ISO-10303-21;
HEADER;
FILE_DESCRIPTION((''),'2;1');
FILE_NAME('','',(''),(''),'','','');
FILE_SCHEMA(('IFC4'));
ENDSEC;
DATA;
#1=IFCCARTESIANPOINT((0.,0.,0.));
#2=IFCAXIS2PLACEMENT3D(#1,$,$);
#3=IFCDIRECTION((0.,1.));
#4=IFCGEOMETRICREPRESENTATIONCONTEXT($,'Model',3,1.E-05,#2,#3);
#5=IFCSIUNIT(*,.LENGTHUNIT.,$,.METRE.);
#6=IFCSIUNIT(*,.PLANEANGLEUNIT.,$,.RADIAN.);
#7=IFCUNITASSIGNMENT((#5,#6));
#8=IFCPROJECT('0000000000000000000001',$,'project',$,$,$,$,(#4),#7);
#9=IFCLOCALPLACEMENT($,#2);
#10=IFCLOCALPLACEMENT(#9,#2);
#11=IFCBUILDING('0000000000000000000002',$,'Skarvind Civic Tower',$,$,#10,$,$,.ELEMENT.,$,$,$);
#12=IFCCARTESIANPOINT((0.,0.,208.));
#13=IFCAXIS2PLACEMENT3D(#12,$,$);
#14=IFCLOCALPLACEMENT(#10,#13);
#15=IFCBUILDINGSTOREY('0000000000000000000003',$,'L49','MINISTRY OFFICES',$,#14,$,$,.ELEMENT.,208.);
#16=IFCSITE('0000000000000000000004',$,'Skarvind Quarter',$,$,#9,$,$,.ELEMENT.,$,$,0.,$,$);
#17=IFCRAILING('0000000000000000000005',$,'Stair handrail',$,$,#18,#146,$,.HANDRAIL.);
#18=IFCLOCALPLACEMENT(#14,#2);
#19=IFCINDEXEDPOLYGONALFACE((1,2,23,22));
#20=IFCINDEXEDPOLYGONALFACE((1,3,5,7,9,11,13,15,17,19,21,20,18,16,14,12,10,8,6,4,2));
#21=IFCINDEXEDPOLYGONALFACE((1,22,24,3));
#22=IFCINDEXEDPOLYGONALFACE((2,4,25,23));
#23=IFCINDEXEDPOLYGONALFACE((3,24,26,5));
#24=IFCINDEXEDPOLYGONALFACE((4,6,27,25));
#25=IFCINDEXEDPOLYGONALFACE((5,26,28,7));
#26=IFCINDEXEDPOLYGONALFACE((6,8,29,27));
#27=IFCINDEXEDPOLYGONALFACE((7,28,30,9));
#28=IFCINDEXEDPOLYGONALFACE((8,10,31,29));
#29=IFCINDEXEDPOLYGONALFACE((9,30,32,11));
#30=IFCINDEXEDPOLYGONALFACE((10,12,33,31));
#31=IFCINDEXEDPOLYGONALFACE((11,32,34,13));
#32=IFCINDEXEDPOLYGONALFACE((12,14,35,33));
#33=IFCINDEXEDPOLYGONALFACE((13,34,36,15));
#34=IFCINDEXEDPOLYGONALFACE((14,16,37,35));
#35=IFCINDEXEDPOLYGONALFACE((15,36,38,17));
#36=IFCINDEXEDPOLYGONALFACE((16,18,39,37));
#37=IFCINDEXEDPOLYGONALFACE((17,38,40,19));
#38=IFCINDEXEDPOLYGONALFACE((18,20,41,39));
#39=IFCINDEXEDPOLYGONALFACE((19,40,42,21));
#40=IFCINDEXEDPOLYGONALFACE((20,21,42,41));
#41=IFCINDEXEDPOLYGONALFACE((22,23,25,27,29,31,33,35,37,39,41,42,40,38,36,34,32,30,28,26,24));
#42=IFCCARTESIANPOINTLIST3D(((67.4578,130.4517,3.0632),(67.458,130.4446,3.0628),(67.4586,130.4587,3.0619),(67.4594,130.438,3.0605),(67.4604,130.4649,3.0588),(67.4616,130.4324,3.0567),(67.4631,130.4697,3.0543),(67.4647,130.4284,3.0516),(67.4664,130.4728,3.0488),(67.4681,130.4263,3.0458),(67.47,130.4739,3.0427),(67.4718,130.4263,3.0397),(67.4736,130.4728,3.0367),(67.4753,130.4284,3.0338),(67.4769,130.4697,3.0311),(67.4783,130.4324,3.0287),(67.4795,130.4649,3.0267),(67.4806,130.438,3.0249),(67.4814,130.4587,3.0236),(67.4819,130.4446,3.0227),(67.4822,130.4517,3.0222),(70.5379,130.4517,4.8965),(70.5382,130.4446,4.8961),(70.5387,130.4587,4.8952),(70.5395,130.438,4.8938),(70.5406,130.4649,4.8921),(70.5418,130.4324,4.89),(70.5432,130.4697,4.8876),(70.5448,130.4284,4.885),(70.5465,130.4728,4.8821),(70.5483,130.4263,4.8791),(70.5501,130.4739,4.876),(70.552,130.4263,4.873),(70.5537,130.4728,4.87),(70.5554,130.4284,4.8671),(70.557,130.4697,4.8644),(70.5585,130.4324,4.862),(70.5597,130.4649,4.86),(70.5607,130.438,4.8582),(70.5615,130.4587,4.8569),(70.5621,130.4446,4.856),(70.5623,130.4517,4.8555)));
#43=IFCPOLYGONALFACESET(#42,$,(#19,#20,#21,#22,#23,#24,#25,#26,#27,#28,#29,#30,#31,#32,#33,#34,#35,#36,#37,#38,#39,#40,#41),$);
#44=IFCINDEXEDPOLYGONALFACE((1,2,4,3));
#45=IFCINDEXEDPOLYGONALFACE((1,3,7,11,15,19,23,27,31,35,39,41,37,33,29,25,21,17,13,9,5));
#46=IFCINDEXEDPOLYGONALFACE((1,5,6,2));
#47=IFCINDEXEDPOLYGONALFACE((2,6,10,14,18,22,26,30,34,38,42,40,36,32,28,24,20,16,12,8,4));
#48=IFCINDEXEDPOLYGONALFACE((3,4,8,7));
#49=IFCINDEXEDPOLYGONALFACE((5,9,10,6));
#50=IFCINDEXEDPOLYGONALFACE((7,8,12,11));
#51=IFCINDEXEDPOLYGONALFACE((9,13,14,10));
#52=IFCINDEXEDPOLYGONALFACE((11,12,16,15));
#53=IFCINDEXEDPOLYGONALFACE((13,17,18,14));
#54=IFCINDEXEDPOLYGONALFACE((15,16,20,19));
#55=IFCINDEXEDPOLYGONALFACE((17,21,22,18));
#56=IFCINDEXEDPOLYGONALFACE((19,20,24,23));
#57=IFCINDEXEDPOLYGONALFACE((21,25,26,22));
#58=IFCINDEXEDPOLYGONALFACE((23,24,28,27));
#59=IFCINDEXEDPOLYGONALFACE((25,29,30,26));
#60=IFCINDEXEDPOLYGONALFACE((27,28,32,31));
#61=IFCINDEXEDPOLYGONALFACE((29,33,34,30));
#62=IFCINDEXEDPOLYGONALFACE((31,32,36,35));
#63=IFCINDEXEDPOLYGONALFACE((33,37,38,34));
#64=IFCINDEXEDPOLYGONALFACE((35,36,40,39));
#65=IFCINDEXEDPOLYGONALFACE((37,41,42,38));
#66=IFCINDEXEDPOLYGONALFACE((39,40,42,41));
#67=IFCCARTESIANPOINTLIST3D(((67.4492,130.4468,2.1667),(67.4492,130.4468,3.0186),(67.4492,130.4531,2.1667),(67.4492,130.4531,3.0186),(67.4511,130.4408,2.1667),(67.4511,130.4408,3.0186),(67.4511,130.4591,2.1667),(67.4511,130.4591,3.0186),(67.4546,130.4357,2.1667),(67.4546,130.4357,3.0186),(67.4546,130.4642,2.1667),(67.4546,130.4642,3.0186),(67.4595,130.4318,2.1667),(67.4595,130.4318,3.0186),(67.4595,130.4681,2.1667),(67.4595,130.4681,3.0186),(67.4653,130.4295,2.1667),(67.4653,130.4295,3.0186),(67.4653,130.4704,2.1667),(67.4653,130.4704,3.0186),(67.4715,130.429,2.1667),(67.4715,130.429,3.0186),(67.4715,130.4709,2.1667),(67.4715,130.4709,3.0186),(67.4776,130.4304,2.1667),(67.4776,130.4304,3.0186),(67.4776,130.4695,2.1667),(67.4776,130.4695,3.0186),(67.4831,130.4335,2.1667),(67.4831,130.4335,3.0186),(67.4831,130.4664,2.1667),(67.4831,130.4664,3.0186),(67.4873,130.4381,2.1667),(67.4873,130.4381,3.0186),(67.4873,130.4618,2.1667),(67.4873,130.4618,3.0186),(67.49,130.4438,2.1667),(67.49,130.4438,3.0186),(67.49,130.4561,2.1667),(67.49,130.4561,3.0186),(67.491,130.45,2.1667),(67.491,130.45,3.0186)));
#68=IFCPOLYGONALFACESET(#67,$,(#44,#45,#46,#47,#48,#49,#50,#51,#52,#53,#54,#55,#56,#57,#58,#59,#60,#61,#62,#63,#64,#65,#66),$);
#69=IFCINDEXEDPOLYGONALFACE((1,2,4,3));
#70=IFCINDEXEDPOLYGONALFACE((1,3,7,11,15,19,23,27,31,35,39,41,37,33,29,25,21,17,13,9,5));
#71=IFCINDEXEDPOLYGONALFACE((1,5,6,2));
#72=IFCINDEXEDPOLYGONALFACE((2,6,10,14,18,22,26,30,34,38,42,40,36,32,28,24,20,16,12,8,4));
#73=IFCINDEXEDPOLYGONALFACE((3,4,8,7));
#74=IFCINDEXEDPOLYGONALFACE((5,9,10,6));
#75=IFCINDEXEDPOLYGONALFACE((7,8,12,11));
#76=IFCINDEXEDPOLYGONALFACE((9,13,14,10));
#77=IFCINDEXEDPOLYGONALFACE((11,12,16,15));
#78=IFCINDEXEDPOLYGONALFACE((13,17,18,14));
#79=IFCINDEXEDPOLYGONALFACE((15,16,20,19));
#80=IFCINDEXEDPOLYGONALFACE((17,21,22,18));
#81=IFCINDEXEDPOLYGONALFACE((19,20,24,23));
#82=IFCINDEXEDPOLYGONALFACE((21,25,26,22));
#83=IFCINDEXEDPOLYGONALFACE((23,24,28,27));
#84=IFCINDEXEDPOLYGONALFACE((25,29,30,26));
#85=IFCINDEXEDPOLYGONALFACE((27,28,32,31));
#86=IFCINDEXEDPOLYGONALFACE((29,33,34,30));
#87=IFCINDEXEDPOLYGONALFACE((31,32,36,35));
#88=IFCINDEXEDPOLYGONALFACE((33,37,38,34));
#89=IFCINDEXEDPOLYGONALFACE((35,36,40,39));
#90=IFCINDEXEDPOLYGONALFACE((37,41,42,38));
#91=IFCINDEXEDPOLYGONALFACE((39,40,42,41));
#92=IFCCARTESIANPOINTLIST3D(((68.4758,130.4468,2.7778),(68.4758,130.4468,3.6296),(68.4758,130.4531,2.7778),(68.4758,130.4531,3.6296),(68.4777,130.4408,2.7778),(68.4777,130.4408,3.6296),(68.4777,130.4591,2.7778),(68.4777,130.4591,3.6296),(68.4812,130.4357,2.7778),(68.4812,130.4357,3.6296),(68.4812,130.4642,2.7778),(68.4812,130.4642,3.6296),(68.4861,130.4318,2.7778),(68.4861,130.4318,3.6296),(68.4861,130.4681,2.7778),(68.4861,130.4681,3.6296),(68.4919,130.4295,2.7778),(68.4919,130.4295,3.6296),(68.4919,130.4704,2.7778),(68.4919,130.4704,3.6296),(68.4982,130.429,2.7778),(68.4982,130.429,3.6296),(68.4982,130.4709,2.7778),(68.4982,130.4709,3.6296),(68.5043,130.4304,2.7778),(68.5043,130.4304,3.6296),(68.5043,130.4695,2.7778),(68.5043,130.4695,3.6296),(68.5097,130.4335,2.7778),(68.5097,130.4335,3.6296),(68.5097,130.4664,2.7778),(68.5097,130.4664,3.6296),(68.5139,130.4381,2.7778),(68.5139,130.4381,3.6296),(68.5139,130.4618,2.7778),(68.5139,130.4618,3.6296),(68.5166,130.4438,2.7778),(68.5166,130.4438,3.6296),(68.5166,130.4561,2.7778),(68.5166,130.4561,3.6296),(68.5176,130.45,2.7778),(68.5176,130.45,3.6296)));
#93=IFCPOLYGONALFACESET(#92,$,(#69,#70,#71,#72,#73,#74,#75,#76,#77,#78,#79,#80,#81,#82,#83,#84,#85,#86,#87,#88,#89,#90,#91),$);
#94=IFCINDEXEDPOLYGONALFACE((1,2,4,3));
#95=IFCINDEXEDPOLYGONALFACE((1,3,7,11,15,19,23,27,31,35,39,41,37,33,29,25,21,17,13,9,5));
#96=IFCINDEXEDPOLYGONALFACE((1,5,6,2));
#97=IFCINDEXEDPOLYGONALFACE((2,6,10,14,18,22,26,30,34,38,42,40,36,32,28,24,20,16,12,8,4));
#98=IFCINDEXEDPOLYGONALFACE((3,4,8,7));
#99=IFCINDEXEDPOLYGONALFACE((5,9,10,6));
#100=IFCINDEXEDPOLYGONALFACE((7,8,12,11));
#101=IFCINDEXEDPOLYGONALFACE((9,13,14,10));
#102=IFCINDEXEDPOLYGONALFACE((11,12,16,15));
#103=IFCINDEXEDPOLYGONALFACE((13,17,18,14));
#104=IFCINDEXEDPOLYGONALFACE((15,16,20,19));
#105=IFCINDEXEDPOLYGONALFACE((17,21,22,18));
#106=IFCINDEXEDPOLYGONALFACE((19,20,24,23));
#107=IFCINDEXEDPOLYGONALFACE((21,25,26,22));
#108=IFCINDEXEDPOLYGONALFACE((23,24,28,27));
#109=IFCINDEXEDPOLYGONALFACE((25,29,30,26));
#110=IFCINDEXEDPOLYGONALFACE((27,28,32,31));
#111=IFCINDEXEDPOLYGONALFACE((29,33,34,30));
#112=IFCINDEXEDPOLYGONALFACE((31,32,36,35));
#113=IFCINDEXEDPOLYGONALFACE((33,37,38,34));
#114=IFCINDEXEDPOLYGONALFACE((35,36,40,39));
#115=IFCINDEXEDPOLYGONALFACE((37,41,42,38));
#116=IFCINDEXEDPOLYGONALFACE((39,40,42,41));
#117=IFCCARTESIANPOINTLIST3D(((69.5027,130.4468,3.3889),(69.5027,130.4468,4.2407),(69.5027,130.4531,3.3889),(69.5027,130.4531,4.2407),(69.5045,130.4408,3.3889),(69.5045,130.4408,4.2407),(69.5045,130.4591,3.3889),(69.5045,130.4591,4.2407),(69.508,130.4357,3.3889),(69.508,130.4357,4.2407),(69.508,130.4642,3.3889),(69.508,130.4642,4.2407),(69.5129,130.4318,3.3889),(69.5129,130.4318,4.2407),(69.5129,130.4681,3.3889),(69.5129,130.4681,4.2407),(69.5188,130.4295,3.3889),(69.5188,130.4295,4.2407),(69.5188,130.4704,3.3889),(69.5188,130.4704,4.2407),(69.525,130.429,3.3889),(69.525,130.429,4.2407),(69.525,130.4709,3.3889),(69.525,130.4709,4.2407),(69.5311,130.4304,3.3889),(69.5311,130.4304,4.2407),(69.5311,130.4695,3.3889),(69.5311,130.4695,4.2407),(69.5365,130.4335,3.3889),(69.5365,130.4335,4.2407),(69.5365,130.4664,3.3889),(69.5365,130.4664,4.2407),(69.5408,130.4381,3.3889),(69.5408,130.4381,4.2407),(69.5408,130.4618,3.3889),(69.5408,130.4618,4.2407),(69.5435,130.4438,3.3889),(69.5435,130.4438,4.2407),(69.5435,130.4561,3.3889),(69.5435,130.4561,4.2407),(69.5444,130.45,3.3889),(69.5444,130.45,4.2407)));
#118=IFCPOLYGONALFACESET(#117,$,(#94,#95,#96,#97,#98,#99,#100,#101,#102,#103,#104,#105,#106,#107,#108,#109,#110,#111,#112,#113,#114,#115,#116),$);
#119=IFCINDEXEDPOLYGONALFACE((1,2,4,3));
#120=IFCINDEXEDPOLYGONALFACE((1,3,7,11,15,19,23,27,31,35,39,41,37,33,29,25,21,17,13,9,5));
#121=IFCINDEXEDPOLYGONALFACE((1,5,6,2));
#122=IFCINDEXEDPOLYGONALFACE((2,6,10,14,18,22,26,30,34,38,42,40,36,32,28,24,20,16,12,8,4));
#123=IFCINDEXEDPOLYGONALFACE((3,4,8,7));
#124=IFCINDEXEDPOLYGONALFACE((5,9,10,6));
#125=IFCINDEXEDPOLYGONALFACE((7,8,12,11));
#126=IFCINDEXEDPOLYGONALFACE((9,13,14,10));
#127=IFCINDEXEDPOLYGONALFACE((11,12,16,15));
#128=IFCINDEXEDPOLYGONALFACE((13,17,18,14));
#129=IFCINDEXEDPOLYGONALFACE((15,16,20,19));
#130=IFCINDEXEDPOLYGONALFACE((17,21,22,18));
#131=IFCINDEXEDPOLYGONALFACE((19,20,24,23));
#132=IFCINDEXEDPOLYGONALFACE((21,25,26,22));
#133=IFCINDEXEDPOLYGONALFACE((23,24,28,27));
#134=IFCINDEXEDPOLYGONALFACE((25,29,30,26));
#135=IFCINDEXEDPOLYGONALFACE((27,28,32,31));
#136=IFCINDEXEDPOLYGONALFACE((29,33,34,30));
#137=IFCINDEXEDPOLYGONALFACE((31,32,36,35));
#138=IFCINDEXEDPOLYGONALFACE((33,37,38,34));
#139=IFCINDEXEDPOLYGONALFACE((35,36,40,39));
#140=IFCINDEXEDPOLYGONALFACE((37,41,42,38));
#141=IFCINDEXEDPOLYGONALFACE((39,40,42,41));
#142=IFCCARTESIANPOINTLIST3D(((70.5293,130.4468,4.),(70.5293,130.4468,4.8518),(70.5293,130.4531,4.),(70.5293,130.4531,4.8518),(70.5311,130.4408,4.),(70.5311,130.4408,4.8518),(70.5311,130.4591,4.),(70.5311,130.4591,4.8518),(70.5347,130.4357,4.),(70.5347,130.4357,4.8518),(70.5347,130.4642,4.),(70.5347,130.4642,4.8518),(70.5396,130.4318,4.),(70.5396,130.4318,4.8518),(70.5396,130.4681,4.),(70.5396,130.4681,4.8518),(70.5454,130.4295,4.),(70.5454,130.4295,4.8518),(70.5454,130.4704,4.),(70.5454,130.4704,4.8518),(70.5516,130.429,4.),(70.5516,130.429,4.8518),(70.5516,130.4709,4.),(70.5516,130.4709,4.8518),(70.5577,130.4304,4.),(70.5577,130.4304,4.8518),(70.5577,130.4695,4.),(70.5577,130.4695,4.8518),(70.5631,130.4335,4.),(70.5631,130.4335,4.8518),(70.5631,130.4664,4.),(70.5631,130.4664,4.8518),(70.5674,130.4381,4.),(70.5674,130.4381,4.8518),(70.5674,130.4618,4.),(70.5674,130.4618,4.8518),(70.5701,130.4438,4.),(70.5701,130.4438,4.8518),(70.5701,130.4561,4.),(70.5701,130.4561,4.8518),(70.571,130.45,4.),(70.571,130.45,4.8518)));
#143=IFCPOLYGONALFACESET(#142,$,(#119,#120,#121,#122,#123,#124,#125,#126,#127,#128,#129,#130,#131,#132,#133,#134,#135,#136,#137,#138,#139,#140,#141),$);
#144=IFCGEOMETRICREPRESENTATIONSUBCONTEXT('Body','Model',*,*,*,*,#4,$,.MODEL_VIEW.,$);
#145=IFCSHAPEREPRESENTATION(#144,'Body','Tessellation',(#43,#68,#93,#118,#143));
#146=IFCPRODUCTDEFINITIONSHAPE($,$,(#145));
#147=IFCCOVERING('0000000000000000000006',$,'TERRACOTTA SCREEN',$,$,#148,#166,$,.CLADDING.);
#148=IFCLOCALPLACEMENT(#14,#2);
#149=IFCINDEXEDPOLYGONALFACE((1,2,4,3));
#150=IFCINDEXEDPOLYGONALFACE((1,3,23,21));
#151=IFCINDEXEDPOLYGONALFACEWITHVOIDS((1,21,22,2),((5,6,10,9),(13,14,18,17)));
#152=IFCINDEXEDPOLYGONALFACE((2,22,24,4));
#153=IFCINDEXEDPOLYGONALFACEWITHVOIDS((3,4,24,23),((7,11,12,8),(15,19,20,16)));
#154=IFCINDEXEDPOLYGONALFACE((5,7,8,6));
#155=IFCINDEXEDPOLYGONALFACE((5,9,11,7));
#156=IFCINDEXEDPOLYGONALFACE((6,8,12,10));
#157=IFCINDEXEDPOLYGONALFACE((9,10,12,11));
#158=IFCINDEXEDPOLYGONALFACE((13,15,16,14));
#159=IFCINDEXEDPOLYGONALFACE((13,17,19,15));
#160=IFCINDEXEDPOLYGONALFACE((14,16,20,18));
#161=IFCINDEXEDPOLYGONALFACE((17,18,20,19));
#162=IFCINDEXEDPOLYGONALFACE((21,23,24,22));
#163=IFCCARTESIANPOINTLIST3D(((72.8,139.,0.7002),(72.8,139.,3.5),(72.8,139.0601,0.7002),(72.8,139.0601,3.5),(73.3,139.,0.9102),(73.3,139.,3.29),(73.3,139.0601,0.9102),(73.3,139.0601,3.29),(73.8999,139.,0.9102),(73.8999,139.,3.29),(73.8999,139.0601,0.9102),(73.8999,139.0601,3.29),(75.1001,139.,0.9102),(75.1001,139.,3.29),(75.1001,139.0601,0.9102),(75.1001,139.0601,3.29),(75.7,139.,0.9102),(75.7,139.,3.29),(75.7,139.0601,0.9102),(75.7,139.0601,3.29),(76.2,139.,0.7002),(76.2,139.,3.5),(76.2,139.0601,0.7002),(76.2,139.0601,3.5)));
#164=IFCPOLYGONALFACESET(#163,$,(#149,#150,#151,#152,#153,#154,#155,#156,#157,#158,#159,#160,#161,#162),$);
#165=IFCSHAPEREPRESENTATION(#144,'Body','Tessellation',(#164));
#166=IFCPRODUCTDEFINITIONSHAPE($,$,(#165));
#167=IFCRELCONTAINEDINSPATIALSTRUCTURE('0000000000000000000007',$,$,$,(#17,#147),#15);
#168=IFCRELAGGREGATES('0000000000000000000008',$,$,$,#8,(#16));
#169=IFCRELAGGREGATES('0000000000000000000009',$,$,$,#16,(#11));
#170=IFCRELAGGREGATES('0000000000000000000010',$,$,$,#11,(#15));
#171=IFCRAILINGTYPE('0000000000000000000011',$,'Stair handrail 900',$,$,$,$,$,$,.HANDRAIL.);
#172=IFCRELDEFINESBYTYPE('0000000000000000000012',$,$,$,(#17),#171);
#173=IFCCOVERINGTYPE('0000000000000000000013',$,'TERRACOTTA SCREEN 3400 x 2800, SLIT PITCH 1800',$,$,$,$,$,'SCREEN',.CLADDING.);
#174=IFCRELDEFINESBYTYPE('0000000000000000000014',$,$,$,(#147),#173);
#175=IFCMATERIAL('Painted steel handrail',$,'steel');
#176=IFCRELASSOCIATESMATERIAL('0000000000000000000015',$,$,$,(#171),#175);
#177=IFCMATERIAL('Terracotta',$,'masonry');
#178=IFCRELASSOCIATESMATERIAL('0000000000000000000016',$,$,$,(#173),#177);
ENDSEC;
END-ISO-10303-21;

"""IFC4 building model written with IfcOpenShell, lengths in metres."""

from ifc_helpers import new_model, si_unit, direction, frame, origin, origin_2d, place, context, subcontext, project, spatial, polyline, circle, outline, extrude, material, material_profile, profile_set, type_object, element, save


model = new_model("IFC4")

# Units and contexts
model_context = context("Model", 3, precision=1e-05, world=origin(), true_north=direction((0.0, 1.0)))
body_context = subcontext(model_context, "Body", "Model", "MODEL_VIEW")
ifc_project = project(units=[si_unit("LENGTHUNIT", "METRE"), si_unit("PLANEANGLEUNIT", "RADIAN")], contexts=[model_context])

# Site, building, storey
site_placement = place(None, origin())
site = spatial("IfcSite", under=ifc_project, at=site_placement, Name="Skarvind Quarter", CompositionType="ELEMENT", RefElevation=0.0)
building_placement = place(site_placement, origin())
building = spatial("IfcBuilding", under=site, at=building_placement, Name="Skarvind Civic Tower", CompositionType="ELEMENT")
storey_placement = place(building_placement, frame((0.0, 0.0, 208.0)))
storey = spatial("IfcBuildingStorey", under=building, at=storey_placement, Name="L49", Description="MINISTRY OFFICES", CompositionType="ELEMENT", Elevation=208.0)

# Railing
ifc_material_1 = material(Name="Painted steel handrail", Category="steel")
railing_type = type_object("IfcRailingType", Name="Stair handrail 900", PredefinedType="HANDRAIL", material=ifc_material_1)
railing_1_placement = place(storey_placement, frame((67.47, 130.45, 2.1667)))
element("IfcRailing", 1, at=railing_1_placement, inside=storey, type_object=railing_type, Name="Stair handrail", PredefinedType="HANDRAIL", context=body_context, shape_type="SweptSolid", body=[
    extrude(circle(Radius=0.0239, at=origin_2d()), frame((0.0, 0.0, 0.876), z_axis=(0.859309, 0.0, 0.511458), x_axis=(0.0, 1.0, 0.0)), (0.0, 0.0, 1.0), 3.5845),
    extrude(circle(Radius=0.021, at=origin_2d()), origin(), (0.0, 0.0, 1.0), 0.8518),
    extrude(circle(Radius=0.021, at=origin_2d()), frame((1.0266, 0.0, 0.6111)), (0.0, 0.0, 1.0), 0.8518),
    extrude(circle(Radius=0.021, at=origin_2d()), frame((2.0535, 0.0, 1.2222)), (0.0, 0.0, 1.0), 0.8518),
    extrude(circle(Radius=0.021, at=origin_2d()), frame((3.0801, 0.0, 1.8333)), (0.0, 0.0, 1.0), 0.8518),
])

# Covering
ifc_material_2 = material(Name="Terracotta", Category="masonry")
ifc_material_profile_1 = material_profile(ifc_material_2, outline(polyline([(-1.7, -1.3999), (1.7, -1.3999), (1.7, 1.3999), (-1.7, 1.3999), (-1.7, -1.3999)]), holes=[polyline([(-1.2, -1.1899), (-0.6001, -1.1899), (-0.6001, 1.1899), (-1.2, 1.1899), (-1.2, -1.1899)]), polyline([(0.6001, -1.1899), (1.2, -1.1899), (1.2, 1.1899), (0.6001, 1.1899), (0.6001, -1.1899)])]), Name="TERRACOTTA SCREEN 3400 x 2800, SLIT PITCH 1800")
ifc_profile_set_1 = profile_set([ifc_material_profile_1], Name="Terracotta")
covering_type = type_object("IfcCoveringType", Name="TERRACOTTA SCREEN 3400 x 2800, SLIT PITCH 1800", ElementType="SCREEN", PredefinedType="CLADDING", material=ifc_profile_set_1)
covering_placement = place(storey_placement, frame((74.5, 139.0, 2.1001), z_axis=(0.0, 1.0, 0.0), x_axis=(-1.0, 0.0, 0.0)))
element("IfcCovering", 2, at=covering_placement, inside=storey, type_object=covering_type, Name="TERRACOTTA SCREEN", PredefinedType="CLADDING", context=body_context, shape_type="SweptSolid", body=[
    extrude(outline(polyline([(-1.7, -1.3999), (1.7, -1.3999), (1.7, 1.3999), (-1.7, 1.3999), (-1.7, -1.3999)]), holes=[polyline([(-1.2, -1.1899), (-0.6001, -1.1899), (-0.6001, 1.1899), (-1.2, 1.1899), (-1.2, -1.1899)]), polyline([(0.6001, -1.1899), (1.2, -1.1899), (1.2, 1.1899), (0.6001, 1.1899), (0.6001, -1.1899)])]), origin(), (0.0, 0.0, 1.0), 0.0601),
])

save(model, "model.ifc")
